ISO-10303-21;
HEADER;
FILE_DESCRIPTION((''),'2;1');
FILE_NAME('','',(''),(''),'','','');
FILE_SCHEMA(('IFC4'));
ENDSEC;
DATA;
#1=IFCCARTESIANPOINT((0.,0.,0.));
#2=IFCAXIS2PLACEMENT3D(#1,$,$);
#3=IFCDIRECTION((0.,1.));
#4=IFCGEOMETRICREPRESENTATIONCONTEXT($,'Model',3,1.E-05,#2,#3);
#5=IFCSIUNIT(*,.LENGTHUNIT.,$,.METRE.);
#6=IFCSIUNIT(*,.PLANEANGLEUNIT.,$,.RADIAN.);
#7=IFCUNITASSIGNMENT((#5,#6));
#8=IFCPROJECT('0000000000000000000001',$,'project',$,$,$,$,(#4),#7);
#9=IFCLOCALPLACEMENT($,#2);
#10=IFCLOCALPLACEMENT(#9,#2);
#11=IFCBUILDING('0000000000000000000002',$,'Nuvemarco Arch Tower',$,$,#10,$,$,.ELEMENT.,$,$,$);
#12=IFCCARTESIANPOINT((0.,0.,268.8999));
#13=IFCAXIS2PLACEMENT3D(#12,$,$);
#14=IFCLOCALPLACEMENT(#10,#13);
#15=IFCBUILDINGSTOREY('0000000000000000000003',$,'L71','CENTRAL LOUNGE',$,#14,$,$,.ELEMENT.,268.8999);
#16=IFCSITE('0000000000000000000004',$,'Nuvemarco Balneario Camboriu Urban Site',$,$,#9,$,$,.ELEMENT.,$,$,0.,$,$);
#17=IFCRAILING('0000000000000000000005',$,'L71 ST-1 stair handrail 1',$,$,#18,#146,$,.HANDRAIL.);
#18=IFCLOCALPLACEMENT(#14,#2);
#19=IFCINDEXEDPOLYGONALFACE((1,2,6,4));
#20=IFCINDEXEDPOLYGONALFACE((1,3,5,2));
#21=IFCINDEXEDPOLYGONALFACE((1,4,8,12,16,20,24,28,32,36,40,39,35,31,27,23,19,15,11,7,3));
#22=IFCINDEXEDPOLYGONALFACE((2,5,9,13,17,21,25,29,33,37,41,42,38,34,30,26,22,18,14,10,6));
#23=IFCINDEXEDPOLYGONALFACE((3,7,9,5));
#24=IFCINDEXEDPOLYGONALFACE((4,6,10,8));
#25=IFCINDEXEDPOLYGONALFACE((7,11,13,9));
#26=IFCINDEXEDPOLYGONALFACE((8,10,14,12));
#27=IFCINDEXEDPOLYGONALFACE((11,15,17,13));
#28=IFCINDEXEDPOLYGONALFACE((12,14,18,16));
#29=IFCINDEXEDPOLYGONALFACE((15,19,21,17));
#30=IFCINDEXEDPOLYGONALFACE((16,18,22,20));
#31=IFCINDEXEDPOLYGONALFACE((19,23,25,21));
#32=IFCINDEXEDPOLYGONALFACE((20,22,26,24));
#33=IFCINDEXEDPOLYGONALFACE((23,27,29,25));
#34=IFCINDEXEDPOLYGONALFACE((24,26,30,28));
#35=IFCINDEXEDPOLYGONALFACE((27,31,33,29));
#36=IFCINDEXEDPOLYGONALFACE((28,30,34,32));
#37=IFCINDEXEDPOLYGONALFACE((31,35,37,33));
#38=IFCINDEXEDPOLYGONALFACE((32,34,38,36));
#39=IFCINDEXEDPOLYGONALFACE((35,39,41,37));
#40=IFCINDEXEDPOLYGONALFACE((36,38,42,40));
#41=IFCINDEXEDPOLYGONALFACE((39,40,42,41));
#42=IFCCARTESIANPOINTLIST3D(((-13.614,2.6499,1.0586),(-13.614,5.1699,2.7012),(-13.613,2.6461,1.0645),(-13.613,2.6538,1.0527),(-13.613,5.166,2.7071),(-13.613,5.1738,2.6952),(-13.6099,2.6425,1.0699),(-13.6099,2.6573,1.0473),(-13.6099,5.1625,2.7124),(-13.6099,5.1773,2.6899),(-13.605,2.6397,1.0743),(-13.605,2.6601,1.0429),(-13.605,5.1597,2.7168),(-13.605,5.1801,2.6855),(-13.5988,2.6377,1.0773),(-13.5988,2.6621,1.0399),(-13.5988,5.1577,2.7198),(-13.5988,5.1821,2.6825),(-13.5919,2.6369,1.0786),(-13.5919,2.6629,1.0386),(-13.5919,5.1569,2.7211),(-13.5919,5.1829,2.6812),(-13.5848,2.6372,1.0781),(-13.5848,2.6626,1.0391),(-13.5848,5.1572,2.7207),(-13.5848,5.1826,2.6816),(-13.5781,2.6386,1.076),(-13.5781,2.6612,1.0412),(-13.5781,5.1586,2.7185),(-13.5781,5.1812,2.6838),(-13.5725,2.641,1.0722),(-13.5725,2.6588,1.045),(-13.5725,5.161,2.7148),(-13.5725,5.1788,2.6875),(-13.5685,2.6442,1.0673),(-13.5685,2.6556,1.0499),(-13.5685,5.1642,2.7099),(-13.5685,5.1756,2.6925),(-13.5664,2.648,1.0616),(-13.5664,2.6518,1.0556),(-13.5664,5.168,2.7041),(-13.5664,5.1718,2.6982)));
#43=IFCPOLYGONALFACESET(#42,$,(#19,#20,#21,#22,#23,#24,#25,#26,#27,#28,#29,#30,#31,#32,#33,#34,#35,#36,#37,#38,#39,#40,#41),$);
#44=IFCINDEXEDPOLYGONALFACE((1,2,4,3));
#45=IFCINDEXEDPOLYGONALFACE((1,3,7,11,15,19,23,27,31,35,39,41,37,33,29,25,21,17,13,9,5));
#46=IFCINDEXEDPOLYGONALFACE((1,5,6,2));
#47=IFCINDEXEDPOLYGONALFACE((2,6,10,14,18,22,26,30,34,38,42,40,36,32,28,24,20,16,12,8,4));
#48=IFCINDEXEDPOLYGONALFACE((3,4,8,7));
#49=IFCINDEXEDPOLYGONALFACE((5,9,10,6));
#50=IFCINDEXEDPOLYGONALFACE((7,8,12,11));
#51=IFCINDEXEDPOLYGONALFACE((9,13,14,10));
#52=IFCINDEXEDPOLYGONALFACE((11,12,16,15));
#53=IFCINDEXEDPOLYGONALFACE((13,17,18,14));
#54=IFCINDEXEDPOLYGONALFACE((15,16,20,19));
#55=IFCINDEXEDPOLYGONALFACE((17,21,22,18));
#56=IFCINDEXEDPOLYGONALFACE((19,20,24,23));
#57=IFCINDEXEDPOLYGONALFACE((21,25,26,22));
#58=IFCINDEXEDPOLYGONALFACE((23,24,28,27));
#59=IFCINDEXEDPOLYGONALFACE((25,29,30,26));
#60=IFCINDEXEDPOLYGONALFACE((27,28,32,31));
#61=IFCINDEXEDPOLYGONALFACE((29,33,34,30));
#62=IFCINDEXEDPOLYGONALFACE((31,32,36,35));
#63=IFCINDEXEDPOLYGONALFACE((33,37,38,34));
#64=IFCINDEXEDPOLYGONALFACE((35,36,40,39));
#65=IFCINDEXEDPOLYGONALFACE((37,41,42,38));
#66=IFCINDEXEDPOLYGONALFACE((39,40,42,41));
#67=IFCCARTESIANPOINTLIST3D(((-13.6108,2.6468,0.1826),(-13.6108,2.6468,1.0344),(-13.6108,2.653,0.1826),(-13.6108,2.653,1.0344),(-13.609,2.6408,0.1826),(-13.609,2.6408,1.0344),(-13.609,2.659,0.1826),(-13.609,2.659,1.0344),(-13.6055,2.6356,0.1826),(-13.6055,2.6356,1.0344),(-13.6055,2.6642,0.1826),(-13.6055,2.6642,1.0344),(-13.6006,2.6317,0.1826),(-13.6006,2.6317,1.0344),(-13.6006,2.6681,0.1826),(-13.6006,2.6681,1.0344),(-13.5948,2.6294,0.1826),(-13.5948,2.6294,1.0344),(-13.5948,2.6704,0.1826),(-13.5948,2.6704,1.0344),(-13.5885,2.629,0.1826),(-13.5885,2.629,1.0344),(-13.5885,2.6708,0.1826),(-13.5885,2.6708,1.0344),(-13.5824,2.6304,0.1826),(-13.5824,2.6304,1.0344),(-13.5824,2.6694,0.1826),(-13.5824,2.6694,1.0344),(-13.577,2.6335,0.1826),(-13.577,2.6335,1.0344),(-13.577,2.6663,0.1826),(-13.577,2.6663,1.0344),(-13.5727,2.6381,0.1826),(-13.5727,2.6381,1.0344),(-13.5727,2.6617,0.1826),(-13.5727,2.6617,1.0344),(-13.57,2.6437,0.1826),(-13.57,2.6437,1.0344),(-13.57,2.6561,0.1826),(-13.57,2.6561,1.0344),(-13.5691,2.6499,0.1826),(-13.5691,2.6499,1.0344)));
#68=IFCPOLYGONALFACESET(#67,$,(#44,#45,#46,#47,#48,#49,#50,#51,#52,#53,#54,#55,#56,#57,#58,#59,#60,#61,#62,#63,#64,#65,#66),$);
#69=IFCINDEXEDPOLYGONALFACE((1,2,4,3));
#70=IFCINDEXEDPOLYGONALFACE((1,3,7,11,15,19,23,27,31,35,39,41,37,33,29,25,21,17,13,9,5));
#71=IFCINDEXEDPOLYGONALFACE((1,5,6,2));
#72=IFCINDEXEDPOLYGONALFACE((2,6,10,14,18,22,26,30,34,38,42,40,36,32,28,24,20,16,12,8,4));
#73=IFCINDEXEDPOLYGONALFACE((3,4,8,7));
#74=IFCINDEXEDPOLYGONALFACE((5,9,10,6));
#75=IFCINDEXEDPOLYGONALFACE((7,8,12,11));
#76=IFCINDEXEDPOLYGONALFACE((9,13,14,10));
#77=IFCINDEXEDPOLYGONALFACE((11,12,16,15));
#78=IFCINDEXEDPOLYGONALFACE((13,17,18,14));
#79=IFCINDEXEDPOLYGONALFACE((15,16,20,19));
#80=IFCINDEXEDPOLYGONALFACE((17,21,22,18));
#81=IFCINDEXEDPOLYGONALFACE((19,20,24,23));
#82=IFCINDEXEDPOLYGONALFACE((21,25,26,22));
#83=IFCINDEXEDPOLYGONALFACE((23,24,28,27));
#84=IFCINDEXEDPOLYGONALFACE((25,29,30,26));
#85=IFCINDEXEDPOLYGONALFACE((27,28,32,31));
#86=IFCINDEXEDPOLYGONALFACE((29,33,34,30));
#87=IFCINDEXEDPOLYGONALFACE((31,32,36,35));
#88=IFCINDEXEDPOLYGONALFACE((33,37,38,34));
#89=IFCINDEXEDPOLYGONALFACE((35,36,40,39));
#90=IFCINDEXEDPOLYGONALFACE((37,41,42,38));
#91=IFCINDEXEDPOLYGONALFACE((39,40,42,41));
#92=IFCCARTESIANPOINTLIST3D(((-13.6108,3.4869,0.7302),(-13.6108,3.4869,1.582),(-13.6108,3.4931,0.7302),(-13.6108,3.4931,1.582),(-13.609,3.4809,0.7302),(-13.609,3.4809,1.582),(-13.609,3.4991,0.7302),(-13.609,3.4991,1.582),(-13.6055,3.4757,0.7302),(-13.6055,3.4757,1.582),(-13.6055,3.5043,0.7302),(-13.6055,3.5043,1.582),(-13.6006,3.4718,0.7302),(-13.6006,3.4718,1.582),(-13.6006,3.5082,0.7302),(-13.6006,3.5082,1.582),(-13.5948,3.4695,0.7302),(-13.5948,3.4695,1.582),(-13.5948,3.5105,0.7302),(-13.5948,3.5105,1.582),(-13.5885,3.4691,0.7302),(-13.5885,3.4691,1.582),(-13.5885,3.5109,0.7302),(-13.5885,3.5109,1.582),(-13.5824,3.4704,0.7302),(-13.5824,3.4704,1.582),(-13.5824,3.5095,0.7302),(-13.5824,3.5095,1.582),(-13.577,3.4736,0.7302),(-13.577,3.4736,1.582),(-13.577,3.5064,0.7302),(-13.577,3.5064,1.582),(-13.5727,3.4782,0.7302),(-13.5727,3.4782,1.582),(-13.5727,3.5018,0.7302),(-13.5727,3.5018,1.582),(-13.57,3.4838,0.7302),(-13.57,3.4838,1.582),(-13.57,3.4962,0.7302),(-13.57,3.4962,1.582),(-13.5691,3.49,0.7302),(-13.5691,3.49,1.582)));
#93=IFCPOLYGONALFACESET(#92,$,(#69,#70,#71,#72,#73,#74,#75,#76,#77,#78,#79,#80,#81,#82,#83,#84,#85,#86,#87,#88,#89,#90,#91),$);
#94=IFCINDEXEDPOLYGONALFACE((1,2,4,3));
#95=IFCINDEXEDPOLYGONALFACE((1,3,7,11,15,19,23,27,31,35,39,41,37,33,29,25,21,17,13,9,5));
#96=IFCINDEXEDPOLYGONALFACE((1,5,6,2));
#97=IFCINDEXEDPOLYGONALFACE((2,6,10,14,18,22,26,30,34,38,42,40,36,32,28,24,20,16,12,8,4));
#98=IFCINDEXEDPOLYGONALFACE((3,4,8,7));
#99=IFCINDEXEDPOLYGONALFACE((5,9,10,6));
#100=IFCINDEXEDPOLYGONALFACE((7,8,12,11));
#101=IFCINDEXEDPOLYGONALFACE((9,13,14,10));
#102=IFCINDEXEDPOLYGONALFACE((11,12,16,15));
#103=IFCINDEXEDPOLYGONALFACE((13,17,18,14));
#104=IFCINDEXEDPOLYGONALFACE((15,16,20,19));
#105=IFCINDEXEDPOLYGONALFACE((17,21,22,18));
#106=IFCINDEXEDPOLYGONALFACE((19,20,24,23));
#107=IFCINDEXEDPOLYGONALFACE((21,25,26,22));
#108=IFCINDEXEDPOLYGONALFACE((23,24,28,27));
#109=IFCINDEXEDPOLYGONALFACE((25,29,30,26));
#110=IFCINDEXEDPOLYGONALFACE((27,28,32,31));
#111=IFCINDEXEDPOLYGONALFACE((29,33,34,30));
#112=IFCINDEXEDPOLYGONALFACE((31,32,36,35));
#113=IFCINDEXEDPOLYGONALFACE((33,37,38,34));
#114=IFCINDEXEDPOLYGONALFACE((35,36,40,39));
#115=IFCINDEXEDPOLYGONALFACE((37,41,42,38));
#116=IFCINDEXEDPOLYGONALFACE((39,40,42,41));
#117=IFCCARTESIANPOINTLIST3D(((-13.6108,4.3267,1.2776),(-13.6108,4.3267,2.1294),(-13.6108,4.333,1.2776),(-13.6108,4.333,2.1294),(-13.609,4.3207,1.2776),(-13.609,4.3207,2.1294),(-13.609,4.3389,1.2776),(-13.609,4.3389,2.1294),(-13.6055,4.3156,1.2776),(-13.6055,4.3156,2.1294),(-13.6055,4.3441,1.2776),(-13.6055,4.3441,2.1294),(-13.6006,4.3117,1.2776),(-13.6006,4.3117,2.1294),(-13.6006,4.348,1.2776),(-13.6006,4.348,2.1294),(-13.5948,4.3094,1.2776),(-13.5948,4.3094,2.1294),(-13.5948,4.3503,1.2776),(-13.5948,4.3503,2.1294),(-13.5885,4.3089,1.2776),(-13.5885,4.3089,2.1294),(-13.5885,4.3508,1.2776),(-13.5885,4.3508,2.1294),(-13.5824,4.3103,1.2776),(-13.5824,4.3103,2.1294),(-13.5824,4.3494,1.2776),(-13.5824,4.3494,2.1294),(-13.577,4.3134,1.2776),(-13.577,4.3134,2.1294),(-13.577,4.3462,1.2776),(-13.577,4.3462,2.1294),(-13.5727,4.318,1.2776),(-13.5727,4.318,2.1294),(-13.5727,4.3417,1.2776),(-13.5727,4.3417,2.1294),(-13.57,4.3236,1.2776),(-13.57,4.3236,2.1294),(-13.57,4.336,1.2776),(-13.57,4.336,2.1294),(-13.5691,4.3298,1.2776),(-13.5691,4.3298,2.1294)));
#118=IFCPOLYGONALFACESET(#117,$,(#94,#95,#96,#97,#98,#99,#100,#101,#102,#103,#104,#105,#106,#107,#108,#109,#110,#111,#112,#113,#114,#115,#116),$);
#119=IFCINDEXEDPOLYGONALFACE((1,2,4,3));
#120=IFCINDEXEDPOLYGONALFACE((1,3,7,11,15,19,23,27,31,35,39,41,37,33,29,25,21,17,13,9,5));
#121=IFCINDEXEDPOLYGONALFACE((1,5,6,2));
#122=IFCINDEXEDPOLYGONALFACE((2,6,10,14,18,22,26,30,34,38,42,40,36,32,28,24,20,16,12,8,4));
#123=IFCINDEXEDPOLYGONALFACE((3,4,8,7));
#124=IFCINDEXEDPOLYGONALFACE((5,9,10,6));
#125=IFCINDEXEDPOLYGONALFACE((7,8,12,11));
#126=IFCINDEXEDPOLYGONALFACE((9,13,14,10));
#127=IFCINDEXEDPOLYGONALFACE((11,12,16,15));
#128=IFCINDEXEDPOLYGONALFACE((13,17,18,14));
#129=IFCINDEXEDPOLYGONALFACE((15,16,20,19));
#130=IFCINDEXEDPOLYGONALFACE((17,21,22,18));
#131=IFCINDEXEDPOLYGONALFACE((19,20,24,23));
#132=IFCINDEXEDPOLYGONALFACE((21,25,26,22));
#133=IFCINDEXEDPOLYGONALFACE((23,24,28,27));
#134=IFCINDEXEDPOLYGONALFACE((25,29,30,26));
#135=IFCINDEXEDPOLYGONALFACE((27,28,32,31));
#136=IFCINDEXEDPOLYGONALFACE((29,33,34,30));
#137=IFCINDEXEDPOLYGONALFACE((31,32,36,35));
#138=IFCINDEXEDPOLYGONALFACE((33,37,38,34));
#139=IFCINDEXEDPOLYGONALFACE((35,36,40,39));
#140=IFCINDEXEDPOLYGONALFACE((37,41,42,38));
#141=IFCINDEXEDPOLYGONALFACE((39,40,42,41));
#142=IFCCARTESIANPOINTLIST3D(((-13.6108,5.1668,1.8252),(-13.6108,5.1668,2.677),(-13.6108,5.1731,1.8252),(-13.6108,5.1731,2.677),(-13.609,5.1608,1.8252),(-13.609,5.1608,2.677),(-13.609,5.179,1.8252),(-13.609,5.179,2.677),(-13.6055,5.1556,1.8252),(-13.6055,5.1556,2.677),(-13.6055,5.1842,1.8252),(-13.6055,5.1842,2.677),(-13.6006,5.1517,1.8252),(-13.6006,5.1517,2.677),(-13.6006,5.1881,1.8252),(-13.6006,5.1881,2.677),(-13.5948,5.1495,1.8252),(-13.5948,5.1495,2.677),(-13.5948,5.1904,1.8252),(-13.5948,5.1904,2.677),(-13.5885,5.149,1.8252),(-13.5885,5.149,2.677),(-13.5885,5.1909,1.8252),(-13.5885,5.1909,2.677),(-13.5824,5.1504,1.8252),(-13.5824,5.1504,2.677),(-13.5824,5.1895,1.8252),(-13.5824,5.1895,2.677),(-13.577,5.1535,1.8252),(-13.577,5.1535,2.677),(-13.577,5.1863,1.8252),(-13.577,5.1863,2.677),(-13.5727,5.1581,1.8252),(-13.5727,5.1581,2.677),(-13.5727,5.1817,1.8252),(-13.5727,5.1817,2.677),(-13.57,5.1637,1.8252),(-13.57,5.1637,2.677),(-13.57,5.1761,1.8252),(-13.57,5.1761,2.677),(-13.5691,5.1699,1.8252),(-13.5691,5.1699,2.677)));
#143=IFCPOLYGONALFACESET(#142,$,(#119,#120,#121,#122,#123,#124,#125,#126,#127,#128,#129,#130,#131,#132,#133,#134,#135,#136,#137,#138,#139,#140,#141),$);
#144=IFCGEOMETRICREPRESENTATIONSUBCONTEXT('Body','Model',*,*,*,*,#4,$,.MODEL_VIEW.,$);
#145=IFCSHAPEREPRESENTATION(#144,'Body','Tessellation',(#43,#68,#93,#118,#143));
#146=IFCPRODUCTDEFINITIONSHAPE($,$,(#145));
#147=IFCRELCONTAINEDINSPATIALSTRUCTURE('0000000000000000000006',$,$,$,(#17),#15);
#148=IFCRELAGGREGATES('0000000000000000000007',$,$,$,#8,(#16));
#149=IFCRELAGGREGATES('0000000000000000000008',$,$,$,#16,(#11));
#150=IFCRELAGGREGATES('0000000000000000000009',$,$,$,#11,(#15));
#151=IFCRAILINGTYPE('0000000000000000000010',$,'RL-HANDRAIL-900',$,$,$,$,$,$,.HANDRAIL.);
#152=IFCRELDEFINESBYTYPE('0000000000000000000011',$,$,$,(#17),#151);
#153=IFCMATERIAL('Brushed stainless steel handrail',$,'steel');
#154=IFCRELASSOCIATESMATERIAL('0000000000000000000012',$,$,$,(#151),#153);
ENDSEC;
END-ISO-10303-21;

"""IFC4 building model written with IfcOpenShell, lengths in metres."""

from ifc_helpers import new_model, si_unit, direction, frame, origin, origin_2d, place, context, subcontext, project, spatial, circle, extrude, material, type_object, element, save


model = new_model("IFC4")

# Units and contexts
model_context = context("Model", 3, precision=1e-05, world=origin(), true_north=direction((0.0, 1.0)))
body_context = subcontext(model_context, "Body", "Model", "MODEL_VIEW")
ifc_project = project(units=[si_unit("LENGTHUNIT", "METRE"), si_unit("PLANEANGLEUNIT", "RADIAN")], contexts=[model_context])

# Site, building, storey
site_placement = place(None, origin())
site = spatial("IfcSite", under=ifc_project, at=site_placement, Name="Nuvemarco Balneario Camboriu Urban Site", CompositionType="ELEMENT", RefElevation=0.0)
building_placement = place(site_placement, origin())
building = spatial("IfcBuilding", under=site, at=building_placement, Name="Nuvemarco Arch Tower", CompositionType="ELEMENT")
storey_placement = place(building_placement, frame((0.0, 0.0, 268.8999)))
storey = spatial("IfcBuildingStorey", under=building, at=storey_placement, Name="L71", Description="CENTRAL LOUNGE", CompositionType="ELEMENT", Elevation=268.8999)

# Railing
ifc_material_1 = material(Name="Brushed stainless steel handrail", Category="steel")
railing_type_1 = type_object("IfcRailingType", Name="RL-HANDRAIL-900", PredefinedType="HANDRAIL", material=ifc_material_1)
railing_1_placement = place(storey_placement, frame((-13.5901, 2.6499, 0.1826)))
element("IfcRailing", 1, at=railing_1_placement, inside=storey, type_object=railing_type_1, Name="L71 ST-1 stair handrail 1", PredefinedType="HANDRAIL", context=body_context, shape_type="SweptSolid", body=[
    extrude(circle(Radius=0.0239, at=origin_2d()), frame((0.0, 0.0, 0.876), z_axis=(0.0, 0.837749, 0.546055), x_axis=(-1.0, 0.0, 0.0)), (0.0, 0.0, 1.0), 3.0081),
    extrude(circle(Radius=0.021, at=origin_2d()), origin(), (0.0, 0.0, 1.0), 0.8518),
    extrude(circle(Radius=0.021, at=origin_2d()), frame((0.0, 0.8401, 0.5476)), (0.0, 0.0, 1.0), 0.8518),
    extrude(circle(Radius=0.021, at=origin_2d()), frame((0.0, 1.6799, 1.095)), (0.0, 0.0, 1.0), 0.8518),
    extrude(circle(Radius=0.021, at=origin_2d()), frame((0.0, 2.52, 1.6426)), (0.0, 0.0, 1.0), 0.8518),
])

save(model, "model.ifc")
